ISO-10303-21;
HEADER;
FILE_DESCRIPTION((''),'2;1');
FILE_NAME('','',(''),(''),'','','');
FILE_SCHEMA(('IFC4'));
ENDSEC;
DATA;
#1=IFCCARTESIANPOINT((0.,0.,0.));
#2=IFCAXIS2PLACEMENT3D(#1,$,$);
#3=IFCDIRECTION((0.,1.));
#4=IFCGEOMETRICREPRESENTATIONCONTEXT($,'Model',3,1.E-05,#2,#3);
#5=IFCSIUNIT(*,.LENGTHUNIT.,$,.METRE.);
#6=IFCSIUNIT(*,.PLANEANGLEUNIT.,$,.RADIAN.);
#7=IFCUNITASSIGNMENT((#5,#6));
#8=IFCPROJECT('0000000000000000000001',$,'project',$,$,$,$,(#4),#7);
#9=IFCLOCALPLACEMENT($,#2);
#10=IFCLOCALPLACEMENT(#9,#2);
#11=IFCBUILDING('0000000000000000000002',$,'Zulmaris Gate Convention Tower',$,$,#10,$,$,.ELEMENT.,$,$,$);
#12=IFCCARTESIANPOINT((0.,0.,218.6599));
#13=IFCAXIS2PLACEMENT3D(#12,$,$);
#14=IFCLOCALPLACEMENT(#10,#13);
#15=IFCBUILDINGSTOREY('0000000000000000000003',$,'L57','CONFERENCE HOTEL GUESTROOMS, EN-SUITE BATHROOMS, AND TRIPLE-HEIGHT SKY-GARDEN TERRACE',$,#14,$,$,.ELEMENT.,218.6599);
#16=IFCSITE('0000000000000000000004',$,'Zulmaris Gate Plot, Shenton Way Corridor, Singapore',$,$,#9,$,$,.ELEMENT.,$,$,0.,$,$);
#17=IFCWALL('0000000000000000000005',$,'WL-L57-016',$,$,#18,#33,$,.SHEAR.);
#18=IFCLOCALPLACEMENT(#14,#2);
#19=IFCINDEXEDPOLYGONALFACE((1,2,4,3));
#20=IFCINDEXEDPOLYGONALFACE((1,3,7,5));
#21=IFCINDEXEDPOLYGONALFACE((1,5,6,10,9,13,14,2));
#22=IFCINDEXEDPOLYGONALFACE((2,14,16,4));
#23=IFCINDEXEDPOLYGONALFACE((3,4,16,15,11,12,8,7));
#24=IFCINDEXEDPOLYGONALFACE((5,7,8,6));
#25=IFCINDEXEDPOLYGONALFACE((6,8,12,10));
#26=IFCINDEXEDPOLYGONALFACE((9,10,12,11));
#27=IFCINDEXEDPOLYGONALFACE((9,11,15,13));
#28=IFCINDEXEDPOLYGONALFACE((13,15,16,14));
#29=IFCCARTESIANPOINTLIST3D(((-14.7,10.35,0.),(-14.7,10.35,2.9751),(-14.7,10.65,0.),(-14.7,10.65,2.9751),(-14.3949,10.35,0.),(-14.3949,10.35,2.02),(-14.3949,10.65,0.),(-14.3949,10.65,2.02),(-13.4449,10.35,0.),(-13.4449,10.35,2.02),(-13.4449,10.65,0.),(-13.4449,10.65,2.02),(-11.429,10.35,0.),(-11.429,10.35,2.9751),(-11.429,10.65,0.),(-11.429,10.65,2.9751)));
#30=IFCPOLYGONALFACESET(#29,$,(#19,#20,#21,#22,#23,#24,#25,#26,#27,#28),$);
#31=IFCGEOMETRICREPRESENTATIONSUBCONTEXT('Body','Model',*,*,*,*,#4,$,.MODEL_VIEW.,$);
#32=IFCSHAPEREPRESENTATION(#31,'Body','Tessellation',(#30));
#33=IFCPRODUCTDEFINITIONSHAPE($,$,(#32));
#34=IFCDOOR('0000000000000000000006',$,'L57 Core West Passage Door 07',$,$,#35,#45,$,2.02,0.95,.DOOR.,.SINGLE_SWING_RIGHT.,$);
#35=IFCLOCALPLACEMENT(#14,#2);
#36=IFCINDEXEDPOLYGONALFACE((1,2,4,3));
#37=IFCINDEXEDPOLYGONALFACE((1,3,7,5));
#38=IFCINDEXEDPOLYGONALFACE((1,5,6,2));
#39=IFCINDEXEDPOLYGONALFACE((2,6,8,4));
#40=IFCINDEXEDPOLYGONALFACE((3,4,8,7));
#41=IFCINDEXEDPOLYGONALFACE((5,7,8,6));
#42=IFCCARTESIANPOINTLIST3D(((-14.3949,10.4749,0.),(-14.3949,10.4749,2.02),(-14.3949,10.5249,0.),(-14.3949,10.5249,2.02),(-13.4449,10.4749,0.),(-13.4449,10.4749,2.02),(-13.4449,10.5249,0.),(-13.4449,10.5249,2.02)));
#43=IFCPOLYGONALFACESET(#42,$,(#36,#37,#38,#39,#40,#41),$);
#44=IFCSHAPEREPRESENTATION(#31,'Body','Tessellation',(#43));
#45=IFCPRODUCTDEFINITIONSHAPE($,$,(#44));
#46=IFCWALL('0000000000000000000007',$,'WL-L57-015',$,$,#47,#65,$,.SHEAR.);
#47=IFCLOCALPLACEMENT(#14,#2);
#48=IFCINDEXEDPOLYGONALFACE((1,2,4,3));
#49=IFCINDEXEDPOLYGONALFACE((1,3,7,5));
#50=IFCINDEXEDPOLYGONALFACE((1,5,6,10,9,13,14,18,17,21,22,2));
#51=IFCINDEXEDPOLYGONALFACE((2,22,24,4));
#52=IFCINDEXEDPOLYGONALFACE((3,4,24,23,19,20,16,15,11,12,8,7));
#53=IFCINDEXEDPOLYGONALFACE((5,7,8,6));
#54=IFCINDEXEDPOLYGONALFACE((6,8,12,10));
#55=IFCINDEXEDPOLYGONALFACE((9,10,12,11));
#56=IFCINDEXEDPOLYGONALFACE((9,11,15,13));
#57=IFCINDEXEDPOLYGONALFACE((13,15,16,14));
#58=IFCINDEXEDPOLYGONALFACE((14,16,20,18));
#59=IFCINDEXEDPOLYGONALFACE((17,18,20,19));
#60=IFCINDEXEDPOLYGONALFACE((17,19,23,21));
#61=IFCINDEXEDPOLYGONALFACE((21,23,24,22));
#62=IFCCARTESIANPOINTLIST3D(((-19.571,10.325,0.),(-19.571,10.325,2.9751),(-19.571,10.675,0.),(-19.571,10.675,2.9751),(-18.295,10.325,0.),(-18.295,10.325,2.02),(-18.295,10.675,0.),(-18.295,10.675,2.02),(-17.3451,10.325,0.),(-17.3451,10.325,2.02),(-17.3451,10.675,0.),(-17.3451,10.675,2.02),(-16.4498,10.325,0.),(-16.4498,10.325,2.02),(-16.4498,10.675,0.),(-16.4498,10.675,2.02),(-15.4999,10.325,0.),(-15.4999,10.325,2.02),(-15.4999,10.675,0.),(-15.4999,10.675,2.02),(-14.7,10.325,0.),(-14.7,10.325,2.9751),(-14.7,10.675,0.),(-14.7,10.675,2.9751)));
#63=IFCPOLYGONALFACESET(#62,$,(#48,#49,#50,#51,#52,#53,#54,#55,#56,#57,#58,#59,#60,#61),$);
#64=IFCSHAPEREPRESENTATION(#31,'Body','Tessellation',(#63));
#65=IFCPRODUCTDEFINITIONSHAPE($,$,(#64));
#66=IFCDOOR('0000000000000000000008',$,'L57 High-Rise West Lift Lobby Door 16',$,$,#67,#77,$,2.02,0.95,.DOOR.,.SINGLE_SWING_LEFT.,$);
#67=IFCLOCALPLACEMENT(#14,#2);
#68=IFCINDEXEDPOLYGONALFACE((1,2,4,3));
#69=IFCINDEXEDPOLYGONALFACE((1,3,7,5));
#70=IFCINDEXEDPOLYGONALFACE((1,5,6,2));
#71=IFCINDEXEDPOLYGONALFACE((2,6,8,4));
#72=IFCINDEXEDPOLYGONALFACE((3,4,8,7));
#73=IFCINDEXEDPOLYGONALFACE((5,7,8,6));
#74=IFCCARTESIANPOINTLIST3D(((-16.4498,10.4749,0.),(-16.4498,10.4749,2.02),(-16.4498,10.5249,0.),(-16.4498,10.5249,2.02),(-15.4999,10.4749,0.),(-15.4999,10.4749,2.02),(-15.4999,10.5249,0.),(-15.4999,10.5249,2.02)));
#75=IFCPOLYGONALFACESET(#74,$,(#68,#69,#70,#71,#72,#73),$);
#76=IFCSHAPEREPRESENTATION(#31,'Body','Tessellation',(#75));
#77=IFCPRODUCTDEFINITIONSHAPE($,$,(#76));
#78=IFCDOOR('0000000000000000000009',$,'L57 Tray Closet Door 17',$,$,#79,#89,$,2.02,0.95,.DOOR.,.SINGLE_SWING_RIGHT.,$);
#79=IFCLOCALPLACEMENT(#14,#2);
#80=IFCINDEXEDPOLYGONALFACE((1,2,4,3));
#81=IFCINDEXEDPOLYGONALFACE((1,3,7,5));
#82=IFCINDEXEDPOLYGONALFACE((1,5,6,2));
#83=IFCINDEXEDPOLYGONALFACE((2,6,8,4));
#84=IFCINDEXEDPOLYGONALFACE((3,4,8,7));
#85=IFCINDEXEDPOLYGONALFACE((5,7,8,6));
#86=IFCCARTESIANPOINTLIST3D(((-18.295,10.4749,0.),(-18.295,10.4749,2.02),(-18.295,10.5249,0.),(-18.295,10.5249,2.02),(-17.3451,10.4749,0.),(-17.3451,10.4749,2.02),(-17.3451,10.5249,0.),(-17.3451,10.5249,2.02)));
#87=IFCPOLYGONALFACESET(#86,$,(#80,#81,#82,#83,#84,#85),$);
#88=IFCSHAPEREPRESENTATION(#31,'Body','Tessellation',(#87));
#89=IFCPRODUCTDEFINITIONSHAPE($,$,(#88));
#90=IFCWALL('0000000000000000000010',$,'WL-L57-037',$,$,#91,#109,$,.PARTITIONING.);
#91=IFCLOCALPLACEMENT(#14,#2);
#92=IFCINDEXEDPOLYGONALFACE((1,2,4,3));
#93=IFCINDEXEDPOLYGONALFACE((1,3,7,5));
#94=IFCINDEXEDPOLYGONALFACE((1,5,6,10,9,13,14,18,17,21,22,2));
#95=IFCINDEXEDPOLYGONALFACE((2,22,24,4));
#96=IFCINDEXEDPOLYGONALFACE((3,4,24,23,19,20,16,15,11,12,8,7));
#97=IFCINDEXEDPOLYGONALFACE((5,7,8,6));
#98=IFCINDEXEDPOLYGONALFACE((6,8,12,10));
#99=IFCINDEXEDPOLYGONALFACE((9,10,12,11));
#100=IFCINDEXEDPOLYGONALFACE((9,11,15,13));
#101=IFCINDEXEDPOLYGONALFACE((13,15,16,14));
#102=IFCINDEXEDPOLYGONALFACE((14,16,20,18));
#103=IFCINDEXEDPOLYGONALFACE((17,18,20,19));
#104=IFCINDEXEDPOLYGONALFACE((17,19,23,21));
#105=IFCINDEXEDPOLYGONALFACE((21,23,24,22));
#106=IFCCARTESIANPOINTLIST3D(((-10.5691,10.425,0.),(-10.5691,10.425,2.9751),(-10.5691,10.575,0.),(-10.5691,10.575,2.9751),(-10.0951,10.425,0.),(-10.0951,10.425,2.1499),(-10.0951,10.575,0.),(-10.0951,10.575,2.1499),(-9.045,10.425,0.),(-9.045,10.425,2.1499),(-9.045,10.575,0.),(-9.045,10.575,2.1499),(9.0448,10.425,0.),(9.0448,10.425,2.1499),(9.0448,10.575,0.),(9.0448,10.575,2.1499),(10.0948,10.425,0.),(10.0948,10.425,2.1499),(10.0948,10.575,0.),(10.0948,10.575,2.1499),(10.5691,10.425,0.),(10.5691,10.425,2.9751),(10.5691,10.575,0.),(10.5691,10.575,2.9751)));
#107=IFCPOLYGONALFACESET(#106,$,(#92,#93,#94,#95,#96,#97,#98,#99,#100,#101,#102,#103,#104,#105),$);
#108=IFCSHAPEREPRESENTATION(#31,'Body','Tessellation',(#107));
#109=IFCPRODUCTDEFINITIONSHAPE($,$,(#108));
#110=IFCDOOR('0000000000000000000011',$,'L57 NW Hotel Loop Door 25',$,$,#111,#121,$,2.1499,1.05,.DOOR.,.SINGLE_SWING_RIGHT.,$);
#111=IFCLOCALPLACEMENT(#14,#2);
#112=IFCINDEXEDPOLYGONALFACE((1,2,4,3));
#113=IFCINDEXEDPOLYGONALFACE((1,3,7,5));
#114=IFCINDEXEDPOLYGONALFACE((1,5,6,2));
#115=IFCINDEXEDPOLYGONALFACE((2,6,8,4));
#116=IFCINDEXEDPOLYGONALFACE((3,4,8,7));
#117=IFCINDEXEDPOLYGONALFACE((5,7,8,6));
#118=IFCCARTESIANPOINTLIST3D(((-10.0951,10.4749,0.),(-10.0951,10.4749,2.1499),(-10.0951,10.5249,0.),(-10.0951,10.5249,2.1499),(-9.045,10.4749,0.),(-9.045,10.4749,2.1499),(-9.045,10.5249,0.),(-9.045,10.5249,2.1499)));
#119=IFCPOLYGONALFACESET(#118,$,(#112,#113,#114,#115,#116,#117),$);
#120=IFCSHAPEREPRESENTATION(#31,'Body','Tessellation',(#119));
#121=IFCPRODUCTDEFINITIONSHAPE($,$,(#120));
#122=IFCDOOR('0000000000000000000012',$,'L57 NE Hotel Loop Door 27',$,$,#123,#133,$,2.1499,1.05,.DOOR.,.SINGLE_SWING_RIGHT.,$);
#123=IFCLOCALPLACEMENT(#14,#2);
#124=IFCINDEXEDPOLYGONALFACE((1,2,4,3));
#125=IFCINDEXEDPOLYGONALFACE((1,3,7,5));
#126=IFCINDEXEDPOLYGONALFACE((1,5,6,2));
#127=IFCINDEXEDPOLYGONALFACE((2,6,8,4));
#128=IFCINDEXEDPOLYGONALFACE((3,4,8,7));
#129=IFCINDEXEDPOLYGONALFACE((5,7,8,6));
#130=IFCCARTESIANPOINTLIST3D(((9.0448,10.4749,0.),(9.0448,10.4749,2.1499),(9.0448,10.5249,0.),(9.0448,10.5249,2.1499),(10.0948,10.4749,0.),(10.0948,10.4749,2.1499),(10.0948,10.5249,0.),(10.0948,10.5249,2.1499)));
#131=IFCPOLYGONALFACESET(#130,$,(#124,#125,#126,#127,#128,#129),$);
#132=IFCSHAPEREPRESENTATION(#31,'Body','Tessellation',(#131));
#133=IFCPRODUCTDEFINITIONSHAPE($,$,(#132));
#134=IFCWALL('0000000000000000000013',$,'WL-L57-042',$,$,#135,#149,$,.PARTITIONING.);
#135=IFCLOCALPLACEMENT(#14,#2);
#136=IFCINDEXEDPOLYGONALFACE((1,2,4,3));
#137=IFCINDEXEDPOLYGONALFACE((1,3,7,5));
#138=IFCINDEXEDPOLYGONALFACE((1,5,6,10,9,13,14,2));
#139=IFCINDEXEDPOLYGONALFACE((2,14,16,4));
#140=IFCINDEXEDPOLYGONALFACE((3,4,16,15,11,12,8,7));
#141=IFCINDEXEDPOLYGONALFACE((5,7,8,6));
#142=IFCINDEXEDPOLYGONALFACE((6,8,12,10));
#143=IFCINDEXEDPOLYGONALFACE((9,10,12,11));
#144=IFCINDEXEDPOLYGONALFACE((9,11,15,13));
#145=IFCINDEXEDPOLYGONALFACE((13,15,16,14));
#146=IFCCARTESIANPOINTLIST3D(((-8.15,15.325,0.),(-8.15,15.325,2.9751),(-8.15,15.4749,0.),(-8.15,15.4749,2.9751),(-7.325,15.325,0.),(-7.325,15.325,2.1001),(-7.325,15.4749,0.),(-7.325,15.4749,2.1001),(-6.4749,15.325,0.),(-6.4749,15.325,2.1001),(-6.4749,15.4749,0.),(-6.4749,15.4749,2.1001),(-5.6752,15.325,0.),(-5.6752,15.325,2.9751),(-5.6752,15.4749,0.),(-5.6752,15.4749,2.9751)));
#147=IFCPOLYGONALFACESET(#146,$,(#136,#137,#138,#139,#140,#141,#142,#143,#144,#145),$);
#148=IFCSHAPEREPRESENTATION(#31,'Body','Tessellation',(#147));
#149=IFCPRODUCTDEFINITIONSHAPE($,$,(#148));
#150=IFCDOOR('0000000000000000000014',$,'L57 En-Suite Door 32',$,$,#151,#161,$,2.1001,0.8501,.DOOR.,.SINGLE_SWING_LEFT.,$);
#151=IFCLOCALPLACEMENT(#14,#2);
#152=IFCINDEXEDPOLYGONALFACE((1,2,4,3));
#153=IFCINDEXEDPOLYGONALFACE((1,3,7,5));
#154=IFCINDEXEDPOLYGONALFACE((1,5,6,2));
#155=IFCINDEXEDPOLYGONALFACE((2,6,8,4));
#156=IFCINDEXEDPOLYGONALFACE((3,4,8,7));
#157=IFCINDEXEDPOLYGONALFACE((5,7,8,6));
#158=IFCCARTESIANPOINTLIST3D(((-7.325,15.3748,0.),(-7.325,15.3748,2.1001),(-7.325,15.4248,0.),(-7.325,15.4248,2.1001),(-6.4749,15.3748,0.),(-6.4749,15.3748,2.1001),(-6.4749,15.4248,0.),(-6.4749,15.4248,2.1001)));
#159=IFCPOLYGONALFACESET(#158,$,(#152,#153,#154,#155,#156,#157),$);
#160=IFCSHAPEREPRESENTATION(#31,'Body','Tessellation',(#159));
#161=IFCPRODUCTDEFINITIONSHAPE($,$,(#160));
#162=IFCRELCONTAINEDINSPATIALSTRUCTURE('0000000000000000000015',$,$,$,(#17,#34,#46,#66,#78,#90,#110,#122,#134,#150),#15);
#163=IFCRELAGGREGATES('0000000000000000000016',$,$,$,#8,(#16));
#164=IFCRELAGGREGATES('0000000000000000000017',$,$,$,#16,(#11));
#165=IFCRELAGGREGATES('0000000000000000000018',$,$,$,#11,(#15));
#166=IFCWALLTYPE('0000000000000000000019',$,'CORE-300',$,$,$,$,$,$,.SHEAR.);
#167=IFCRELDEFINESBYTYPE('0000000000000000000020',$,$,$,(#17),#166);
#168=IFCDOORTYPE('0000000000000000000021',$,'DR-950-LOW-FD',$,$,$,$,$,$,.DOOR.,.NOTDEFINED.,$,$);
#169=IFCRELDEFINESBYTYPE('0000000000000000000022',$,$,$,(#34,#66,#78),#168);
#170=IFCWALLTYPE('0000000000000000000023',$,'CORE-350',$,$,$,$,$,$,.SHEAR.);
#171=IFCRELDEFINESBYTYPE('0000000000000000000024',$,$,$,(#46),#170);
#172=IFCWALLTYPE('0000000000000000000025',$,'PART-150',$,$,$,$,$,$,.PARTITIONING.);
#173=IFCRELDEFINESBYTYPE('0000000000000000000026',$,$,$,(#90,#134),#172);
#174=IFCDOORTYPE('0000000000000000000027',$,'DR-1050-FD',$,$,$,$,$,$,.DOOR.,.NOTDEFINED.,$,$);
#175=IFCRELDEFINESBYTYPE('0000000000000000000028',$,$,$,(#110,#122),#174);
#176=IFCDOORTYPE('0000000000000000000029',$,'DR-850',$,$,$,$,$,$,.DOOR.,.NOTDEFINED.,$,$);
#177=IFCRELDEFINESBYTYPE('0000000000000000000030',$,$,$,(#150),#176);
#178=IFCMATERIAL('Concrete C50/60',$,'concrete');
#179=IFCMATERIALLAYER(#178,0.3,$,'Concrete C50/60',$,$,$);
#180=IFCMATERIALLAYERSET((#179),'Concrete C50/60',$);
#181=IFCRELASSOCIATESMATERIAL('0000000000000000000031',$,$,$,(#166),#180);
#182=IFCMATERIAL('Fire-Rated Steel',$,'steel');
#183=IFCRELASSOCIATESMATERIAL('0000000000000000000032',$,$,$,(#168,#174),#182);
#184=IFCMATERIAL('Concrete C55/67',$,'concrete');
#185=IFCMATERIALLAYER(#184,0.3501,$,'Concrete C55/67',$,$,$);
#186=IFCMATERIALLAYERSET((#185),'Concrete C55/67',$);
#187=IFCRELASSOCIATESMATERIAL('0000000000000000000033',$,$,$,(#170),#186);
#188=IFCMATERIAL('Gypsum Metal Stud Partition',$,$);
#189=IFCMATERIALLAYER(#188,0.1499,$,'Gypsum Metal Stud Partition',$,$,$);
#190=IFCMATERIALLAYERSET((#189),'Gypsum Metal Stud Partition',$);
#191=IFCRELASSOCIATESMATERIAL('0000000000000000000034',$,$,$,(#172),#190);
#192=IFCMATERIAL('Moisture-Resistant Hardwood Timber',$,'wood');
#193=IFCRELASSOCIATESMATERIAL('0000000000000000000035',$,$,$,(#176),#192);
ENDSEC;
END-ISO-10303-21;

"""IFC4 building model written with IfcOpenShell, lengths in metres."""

from ifc_helpers import new_model, si_unit, direction, frame, frame_2d, origin, place, context, subcontext, project, spatial, rectangle, extrude, material, layer, layer_set, type_object, element, fill, save


model = new_model("IFC4")

# Units and contexts
model_context = context("Model", 3, precision=1e-05, world=origin(), true_north=direction((0.0, 1.0)))
body_context = subcontext(model_context, "Body", "Model", "MODEL_VIEW")
ifc_project = project(units=[si_unit("LENGTHUNIT", "METRE"), si_unit("PLANEANGLEUNIT", "RADIAN")], contexts=[model_context])

# Site, building, storey
site_placement = place(None, origin())
site = spatial("IfcSite", under=ifc_project, at=site_placement, Name="Zulmaris Gate Plot, Shenton Way Corridor, Singapore", CompositionType="ELEMENT", RefElevation=0.0)
building_placement = place(site_placement, origin())
building = spatial("IfcBuilding", under=site, at=building_placement, Name="Zulmaris Gate Convention Tower", CompositionType="ELEMENT")
storey_placement = place(building_placement, frame((0.0, 0.0, 218.6599)))
storey = spatial("IfcBuildingStorey", under=building, at=storey_placement, Name="L57", Description="CONFERENCE HOTEL GUESTROOMS, EN-SUITE BATHROOMS, AND TRIPLE-HEIGHT SKY-GARDEN TERRACE", CompositionType="ELEMENT", Elevation=218.6599)

# Shared definitions
ifc_material_1 = material(Name="Concrete C50/60", Category="concrete")

# Wall, opening, door
ifc_layer_1 = layer(ifc_material_1, 0.3, Name="Concrete C50/60")
ifc_layer_set_1 = layer_set([ifc_layer_1], Name="Concrete C50/60")
wall_type_1 = type_object("IfcWallType", Name="CORE-300", PredefinedType="SHEAR", material=ifc_layer_set_1)
wall_1_placement = place(storey_placement, frame((-14.7, 10.5, 0.0), z_axis=(0.0, 0.0, 1.0), x_axis=(1.0, 0.0, 0.0)))
wall_1 = element("IfcWall", 1, at=wall_1_placement, inside=storey, type_object=wall_type_1, Name="WL-L57-016", PredefinedType="SHEAR", context=body_context, shape_type="SweptSolid", body=[
    extrude(rectangle(XDim=3.271, YDim=0.3, at=frame_2d((1.6355, 0.0))), origin(), (0.0, 0.0, 1.0), 2.9751),
])
opening_1_placement = place(wall_1_placement, frame((0.3049, 0.0, 0.0)))
opening_1 = element("IfcOpeningElement", 2, at=opening_1_placement, cuts=wall_1, PredefinedType="OPENING", context=body_context, shape_type="SweptSolid", body=[
    extrude(rectangle(XDim=0.95, YDim=2.02, at=frame_2d((0.4751, 1.01))), frame((0.0, 0.1602, 0.0), z_axis=(0.0, -1.0, 0.0), x_axis=(1.0, 0.0, 0.0)), (0.0, 0.0, 1.0), 0.3201),
])
ifc_material_2 = material(Name="Fire-Rated Steel", Category="steel")
door_type_1 = type_object("IfcDoorType", Name="DR-950-LOW-FD", OperationType="NOTDEFINED", PredefinedType="DOOR", material=ifc_material_2)
door_1_placement = place(opening_1_placement, origin())
door_1 = element("IfcDoor", 3, at=door_1_placement, inside=storey, type_object=door_type_1, Name="L57 Core West Passage Door 07", OperationType="SINGLE_SWING_RIGHT", OverallHeight=2.02, OverallWidth=0.95, PredefinedType="DOOR", context=body_context, shape_type="SweptSolid", body=[
    extrude(rectangle(XDim=0.95, YDim=2.02, at=frame_2d((0.4751, 1.01))), frame((0.0, 0.0249, 0.0), z_axis=(0.0, -1.0, 0.0), x_axis=(1.0, 0.0, 0.0)), (0.0, 0.0, 1.0), 0.05),
])
fill(opening_1, door_1)

# Walls, openings, doors
ifc_material_3 = material(Name="Concrete C55/67", Category="concrete")
ifc_layer_2 = layer(ifc_material_3, 0.3501, Name="Concrete C55/67")
ifc_layer_set_2 = layer_set([ifc_layer_2], Name="Concrete C55/67")
wall_type_2 = type_object("IfcWallType", Name="CORE-350", PredefinedType="SHEAR", material=ifc_layer_set_2)
wall_2_placement = place(storey_placement, frame((-19.571, 10.5, 0.0), z_axis=(0.0, 0.0, 1.0), x_axis=(1.0, 0.0, 0.0)))
wall_2 = element("IfcWall", 4, at=wall_2_placement, inside=storey, type_object=wall_type_2, Name="WL-L57-015", PredefinedType="SHEAR", context=body_context, shape_type="SweptSolid", body=[
    extrude(rectangle(XDim=4.8711, YDim=0.3501, at=frame_2d((2.4355, 0.0))), origin(), (0.0, 0.0, 1.0), 2.9751),
])
opening_2_placement = place(wall_2_placement, frame((3.1211, 0.0, 0.0)))
opening_2 = element("IfcOpeningElement", 5, at=opening_2_placement, cuts=wall_2, PredefinedType="OPENING", context=body_context, shape_type="SweptSolid", body=[
    extrude(rectangle(XDim=0.95, YDim=2.02, at=frame_2d((0.4751, 1.01))), frame((0.0, 0.1851, 0.0), z_axis=(0.0, -1.0, 0.0), x_axis=(1.0, 0.0, 0.0)), (0.0, 0.0, 1.0), 0.3701),
])
opening_3_placement = place(wall_2_placement, frame((1.2759, 0.0, 0.0)))
opening_3 = element("IfcOpeningElement", 6, at=opening_3_placement, cuts=wall_2, PredefinedType="OPENING", context=body_context, shape_type="SweptSolid", body=[
    extrude(rectangle(XDim=0.95, YDim=2.02, at=frame_2d((0.4751, 1.01))), frame((0.0, 0.1851, 0.0), z_axis=(0.0, -1.0, 0.0), x_axis=(1.0, 0.0, 0.0)), (0.0, 0.0, 1.0), 0.3701),
])
door_2_placement = place(opening_2_placement, origin())
door_2 = element("IfcDoor", 7, at=door_2_placement, inside=storey, type_object=door_type_1, Name="L57 High-Rise West Lift Lobby Door 16", OperationType="SINGLE_SWING_LEFT", OverallHeight=2.02, OverallWidth=0.95, PredefinedType="DOOR", context=body_context, shape_type="SweptSolid", body=[
    extrude(rectangle(XDim=0.95, YDim=2.02, at=frame_2d((0.4751, 1.01))), frame((0.0, 0.0249, 0.0), z_axis=(0.0, -1.0, 0.0), x_axis=(1.0, 0.0, 0.0)), (0.0, 0.0, 1.0), 0.05),
])
fill(opening_2, door_2)
door_3_placement = place(opening_3_placement, origin())
door_3 = element("IfcDoor", 8, at=door_3_placement, inside=storey, type_object=door_type_1, Name="L57 Tray Closet Door 17", OperationType="SINGLE_SWING_RIGHT", OverallHeight=2.02, OverallWidth=0.95, PredefinedType="DOOR", context=body_context, shape_type="SweptSolid", body=[
    extrude(rectangle(XDim=0.95, YDim=2.02, at=frame_2d((0.4751, 1.01))), frame((0.0, 0.0249, 0.0), z_axis=(0.0, -1.0, 0.0), x_axis=(1.0, 0.0, 0.0)), (0.0, 0.0, 1.0), 0.05),
])
fill(opening_3, door_3)
ifc_material_4 = material(Name="Gypsum Metal Stud Partition")
ifc_layer_3 = layer(ifc_material_4, 0.1499, Name="Gypsum Metal Stud Partition")
ifc_layer_set_3 = layer_set([ifc_layer_3], Name="Gypsum Metal Stud Partition")
wall_type_3 = type_object("IfcWallType", Name="PART-150", PredefinedType="PARTITIONING", material=ifc_layer_set_3)
wall_3_placement = place(storey_placement, frame((-10.5691, 10.5, 0.0), z_axis=(0.0, 0.0, 1.0), x_axis=(1.0, 0.0, 0.0)))
wall_3 = element("IfcWall", 9, at=wall_3_placement, inside=storey, type_object=wall_type_3, Name="WL-L57-037", PredefinedType="PARTITIONING", context=body_context, shape_type="SweptSolid", body=[
    extrude(rectangle(XDim=21.1382, YDim=0.1499, at=frame_2d((10.5691, 0.0))), origin(), (0.0, 0.0, 1.0), 2.9751),
])
opening_4_placement = place(wall_3_placement, frame((0.4741, 0.0, 0.0)))
opening_4 = element("IfcOpeningElement", 10, at=opening_4_placement, cuts=wall_3, PredefinedType="OPENING", context=body_context, shape_type="SweptSolid", body=[
    extrude(rectangle(XDim=1.05, YDim=2.1499, at=frame_2d((0.5249, 1.075))), frame((0.0, 0.085, 0.0), z_axis=(0.0, -1.0, 0.0), x_axis=(1.0, 0.0, 0.0)), (0.0, 0.0, 1.0), 0.1699),
])
opening_5_placement = place(wall_3_placement, frame((19.614, 0.0, 0.0)))
opening_5 = element("IfcOpeningElement", 11, at=opening_5_placement, cuts=wall_3, PredefinedType="OPENING", context=body_context, shape_type="SweptSolid", body=[
    extrude(rectangle(XDim=1.05, YDim=2.1499, at=frame_2d((0.5249, 1.075))), frame((0.0, 0.085, 0.0), z_axis=(0.0, -1.0, 0.0), x_axis=(1.0, 0.0, 0.0)), (0.0, 0.0, 1.0), 0.1699),
])
door_type_2 = type_object("IfcDoorType", Name="DR-1050-FD", OperationType="NOTDEFINED", PredefinedType="DOOR", material=ifc_material_2)
door_4_placement = place(opening_4_placement, origin())
door_4 = element("IfcDoor", 12, at=door_4_placement, inside=storey, type_object=door_type_2, Name="L57 NW Hotel Loop Door 25", OperationType="SINGLE_SWING_RIGHT", OverallHeight=2.1499, OverallWidth=1.05, PredefinedType="DOOR", context=body_context, shape_type="SweptSolid", body=[
    extrude(rectangle(XDim=1.05, YDim=2.1499, at=frame_2d((0.5249, 1.075))), frame((0.0, 0.0249, 0.0), z_axis=(0.0, -1.0, 0.0), x_axis=(1.0, 0.0, 0.0)), (0.0, 0.0, 1.0), 0.05),
])
fill(opening_4, door_4)
door_5_placement = place(opening_5_placement, origin())
door_5 = element("IfcDoor", 13, at=door_5_placement, inside=storey, type_object=door_type_2, Name="L57 NE Hotel Loop Door 27", OperationType="SINGLE_SWING_RIGHT", OverallHeight=2.1499, OverallWidth=1.05, PredefinedType="DOOR", context=body_context, shape_type="SweptSolid", body=[
    extrude(rectangle(XDim=1.05, YDim=2.1499, at=frame_2d((0.5249, 1.075))), frame((0.0, 0.0249, 0.0), z_axis=(0.0, -1.0, 0.0), x_axis=(1.0, 0.0, 0.0)), (0.0, 0.0, 1.0), 0.05),
])
fill(opening_5, door_5)

# Wall, opening, door
wall_4_placement = place(storey_placement, frame((-8.1499, 15.3999, 0.0), z_axis=(0.0, 0.0, 1.0), x_axis=(1.0, 0.0, 0.0)))
wall_4 = element("IfcWall", 14, at=wall_4_placement, inside=storey, type_object=wall_type_3, Name="WL-L57-042", PredefinedType="PARTITIONING", context=body_context, shape_type="SweptSolid", body=[
    extrude(rectangle(XDim=2.4749, YDim=0.1499, at=frame_2d((1.2373, 0.0))), origin(), (0.0, 0.0, 1.0), 2.9751),
])
opening_6_placement = place(wall_4_placement, frame((0.825, 0.0, 0.0)))
opening_6 = element("IfcOpeningElement", 15, at=opening_6_placement, cuts=wall_4, PredefinedType="OPENING", context=body_context, shape_type="SweptSolid", body=[
    extrude(rectangle(XDim=0.8501, YDim=2.1001, at=frame_2d((0.425, 1.05))), frame((0.0, 0.085, 0.0), z_axis=(0.0, -1.0, 0.0), x_axis=(1.0, 0.0, 0.0)), (0.0, 0.0, 1.0), 0.1699),
])
ifc_material_5 = material(Name="Moisture-Resistant Hardwood Timber", Category="wood")
door_type_3 = type_object("IfcDoorType", Name="DR-850", OperationType="NOTDEFINED", PredefinedType="DOOR", material=ifc_material_5)
door_6_placement = place(opening_6_placement, origin())
door_6 = element("IfcDoor", 16, at=door_6_placement, inside=storey, type_object=door_type_3, Name="L57 En-Suite Door 32", OperationType="SINGLE_SWING_LEFT", OverallHeight=2.1001, OverallWidth=0.8501, PredefinedType="DOOR", context=body_context, shape_type="SweptSolid", body=[
    extrude(rectangle(XDim=0.8501, YDim=2.1001, at=frame_2d((0.425, 1.05))), frame((0.0, 0.0249, 0.0), z_axis=(0.0, -1.0, 0.0), x_axis=(1.0, 0.0, 0.0)), (0.0, 0.0, 1.0), 0.05),
])
fill(opening_6, door_6)

save(model, "model.ifc")
